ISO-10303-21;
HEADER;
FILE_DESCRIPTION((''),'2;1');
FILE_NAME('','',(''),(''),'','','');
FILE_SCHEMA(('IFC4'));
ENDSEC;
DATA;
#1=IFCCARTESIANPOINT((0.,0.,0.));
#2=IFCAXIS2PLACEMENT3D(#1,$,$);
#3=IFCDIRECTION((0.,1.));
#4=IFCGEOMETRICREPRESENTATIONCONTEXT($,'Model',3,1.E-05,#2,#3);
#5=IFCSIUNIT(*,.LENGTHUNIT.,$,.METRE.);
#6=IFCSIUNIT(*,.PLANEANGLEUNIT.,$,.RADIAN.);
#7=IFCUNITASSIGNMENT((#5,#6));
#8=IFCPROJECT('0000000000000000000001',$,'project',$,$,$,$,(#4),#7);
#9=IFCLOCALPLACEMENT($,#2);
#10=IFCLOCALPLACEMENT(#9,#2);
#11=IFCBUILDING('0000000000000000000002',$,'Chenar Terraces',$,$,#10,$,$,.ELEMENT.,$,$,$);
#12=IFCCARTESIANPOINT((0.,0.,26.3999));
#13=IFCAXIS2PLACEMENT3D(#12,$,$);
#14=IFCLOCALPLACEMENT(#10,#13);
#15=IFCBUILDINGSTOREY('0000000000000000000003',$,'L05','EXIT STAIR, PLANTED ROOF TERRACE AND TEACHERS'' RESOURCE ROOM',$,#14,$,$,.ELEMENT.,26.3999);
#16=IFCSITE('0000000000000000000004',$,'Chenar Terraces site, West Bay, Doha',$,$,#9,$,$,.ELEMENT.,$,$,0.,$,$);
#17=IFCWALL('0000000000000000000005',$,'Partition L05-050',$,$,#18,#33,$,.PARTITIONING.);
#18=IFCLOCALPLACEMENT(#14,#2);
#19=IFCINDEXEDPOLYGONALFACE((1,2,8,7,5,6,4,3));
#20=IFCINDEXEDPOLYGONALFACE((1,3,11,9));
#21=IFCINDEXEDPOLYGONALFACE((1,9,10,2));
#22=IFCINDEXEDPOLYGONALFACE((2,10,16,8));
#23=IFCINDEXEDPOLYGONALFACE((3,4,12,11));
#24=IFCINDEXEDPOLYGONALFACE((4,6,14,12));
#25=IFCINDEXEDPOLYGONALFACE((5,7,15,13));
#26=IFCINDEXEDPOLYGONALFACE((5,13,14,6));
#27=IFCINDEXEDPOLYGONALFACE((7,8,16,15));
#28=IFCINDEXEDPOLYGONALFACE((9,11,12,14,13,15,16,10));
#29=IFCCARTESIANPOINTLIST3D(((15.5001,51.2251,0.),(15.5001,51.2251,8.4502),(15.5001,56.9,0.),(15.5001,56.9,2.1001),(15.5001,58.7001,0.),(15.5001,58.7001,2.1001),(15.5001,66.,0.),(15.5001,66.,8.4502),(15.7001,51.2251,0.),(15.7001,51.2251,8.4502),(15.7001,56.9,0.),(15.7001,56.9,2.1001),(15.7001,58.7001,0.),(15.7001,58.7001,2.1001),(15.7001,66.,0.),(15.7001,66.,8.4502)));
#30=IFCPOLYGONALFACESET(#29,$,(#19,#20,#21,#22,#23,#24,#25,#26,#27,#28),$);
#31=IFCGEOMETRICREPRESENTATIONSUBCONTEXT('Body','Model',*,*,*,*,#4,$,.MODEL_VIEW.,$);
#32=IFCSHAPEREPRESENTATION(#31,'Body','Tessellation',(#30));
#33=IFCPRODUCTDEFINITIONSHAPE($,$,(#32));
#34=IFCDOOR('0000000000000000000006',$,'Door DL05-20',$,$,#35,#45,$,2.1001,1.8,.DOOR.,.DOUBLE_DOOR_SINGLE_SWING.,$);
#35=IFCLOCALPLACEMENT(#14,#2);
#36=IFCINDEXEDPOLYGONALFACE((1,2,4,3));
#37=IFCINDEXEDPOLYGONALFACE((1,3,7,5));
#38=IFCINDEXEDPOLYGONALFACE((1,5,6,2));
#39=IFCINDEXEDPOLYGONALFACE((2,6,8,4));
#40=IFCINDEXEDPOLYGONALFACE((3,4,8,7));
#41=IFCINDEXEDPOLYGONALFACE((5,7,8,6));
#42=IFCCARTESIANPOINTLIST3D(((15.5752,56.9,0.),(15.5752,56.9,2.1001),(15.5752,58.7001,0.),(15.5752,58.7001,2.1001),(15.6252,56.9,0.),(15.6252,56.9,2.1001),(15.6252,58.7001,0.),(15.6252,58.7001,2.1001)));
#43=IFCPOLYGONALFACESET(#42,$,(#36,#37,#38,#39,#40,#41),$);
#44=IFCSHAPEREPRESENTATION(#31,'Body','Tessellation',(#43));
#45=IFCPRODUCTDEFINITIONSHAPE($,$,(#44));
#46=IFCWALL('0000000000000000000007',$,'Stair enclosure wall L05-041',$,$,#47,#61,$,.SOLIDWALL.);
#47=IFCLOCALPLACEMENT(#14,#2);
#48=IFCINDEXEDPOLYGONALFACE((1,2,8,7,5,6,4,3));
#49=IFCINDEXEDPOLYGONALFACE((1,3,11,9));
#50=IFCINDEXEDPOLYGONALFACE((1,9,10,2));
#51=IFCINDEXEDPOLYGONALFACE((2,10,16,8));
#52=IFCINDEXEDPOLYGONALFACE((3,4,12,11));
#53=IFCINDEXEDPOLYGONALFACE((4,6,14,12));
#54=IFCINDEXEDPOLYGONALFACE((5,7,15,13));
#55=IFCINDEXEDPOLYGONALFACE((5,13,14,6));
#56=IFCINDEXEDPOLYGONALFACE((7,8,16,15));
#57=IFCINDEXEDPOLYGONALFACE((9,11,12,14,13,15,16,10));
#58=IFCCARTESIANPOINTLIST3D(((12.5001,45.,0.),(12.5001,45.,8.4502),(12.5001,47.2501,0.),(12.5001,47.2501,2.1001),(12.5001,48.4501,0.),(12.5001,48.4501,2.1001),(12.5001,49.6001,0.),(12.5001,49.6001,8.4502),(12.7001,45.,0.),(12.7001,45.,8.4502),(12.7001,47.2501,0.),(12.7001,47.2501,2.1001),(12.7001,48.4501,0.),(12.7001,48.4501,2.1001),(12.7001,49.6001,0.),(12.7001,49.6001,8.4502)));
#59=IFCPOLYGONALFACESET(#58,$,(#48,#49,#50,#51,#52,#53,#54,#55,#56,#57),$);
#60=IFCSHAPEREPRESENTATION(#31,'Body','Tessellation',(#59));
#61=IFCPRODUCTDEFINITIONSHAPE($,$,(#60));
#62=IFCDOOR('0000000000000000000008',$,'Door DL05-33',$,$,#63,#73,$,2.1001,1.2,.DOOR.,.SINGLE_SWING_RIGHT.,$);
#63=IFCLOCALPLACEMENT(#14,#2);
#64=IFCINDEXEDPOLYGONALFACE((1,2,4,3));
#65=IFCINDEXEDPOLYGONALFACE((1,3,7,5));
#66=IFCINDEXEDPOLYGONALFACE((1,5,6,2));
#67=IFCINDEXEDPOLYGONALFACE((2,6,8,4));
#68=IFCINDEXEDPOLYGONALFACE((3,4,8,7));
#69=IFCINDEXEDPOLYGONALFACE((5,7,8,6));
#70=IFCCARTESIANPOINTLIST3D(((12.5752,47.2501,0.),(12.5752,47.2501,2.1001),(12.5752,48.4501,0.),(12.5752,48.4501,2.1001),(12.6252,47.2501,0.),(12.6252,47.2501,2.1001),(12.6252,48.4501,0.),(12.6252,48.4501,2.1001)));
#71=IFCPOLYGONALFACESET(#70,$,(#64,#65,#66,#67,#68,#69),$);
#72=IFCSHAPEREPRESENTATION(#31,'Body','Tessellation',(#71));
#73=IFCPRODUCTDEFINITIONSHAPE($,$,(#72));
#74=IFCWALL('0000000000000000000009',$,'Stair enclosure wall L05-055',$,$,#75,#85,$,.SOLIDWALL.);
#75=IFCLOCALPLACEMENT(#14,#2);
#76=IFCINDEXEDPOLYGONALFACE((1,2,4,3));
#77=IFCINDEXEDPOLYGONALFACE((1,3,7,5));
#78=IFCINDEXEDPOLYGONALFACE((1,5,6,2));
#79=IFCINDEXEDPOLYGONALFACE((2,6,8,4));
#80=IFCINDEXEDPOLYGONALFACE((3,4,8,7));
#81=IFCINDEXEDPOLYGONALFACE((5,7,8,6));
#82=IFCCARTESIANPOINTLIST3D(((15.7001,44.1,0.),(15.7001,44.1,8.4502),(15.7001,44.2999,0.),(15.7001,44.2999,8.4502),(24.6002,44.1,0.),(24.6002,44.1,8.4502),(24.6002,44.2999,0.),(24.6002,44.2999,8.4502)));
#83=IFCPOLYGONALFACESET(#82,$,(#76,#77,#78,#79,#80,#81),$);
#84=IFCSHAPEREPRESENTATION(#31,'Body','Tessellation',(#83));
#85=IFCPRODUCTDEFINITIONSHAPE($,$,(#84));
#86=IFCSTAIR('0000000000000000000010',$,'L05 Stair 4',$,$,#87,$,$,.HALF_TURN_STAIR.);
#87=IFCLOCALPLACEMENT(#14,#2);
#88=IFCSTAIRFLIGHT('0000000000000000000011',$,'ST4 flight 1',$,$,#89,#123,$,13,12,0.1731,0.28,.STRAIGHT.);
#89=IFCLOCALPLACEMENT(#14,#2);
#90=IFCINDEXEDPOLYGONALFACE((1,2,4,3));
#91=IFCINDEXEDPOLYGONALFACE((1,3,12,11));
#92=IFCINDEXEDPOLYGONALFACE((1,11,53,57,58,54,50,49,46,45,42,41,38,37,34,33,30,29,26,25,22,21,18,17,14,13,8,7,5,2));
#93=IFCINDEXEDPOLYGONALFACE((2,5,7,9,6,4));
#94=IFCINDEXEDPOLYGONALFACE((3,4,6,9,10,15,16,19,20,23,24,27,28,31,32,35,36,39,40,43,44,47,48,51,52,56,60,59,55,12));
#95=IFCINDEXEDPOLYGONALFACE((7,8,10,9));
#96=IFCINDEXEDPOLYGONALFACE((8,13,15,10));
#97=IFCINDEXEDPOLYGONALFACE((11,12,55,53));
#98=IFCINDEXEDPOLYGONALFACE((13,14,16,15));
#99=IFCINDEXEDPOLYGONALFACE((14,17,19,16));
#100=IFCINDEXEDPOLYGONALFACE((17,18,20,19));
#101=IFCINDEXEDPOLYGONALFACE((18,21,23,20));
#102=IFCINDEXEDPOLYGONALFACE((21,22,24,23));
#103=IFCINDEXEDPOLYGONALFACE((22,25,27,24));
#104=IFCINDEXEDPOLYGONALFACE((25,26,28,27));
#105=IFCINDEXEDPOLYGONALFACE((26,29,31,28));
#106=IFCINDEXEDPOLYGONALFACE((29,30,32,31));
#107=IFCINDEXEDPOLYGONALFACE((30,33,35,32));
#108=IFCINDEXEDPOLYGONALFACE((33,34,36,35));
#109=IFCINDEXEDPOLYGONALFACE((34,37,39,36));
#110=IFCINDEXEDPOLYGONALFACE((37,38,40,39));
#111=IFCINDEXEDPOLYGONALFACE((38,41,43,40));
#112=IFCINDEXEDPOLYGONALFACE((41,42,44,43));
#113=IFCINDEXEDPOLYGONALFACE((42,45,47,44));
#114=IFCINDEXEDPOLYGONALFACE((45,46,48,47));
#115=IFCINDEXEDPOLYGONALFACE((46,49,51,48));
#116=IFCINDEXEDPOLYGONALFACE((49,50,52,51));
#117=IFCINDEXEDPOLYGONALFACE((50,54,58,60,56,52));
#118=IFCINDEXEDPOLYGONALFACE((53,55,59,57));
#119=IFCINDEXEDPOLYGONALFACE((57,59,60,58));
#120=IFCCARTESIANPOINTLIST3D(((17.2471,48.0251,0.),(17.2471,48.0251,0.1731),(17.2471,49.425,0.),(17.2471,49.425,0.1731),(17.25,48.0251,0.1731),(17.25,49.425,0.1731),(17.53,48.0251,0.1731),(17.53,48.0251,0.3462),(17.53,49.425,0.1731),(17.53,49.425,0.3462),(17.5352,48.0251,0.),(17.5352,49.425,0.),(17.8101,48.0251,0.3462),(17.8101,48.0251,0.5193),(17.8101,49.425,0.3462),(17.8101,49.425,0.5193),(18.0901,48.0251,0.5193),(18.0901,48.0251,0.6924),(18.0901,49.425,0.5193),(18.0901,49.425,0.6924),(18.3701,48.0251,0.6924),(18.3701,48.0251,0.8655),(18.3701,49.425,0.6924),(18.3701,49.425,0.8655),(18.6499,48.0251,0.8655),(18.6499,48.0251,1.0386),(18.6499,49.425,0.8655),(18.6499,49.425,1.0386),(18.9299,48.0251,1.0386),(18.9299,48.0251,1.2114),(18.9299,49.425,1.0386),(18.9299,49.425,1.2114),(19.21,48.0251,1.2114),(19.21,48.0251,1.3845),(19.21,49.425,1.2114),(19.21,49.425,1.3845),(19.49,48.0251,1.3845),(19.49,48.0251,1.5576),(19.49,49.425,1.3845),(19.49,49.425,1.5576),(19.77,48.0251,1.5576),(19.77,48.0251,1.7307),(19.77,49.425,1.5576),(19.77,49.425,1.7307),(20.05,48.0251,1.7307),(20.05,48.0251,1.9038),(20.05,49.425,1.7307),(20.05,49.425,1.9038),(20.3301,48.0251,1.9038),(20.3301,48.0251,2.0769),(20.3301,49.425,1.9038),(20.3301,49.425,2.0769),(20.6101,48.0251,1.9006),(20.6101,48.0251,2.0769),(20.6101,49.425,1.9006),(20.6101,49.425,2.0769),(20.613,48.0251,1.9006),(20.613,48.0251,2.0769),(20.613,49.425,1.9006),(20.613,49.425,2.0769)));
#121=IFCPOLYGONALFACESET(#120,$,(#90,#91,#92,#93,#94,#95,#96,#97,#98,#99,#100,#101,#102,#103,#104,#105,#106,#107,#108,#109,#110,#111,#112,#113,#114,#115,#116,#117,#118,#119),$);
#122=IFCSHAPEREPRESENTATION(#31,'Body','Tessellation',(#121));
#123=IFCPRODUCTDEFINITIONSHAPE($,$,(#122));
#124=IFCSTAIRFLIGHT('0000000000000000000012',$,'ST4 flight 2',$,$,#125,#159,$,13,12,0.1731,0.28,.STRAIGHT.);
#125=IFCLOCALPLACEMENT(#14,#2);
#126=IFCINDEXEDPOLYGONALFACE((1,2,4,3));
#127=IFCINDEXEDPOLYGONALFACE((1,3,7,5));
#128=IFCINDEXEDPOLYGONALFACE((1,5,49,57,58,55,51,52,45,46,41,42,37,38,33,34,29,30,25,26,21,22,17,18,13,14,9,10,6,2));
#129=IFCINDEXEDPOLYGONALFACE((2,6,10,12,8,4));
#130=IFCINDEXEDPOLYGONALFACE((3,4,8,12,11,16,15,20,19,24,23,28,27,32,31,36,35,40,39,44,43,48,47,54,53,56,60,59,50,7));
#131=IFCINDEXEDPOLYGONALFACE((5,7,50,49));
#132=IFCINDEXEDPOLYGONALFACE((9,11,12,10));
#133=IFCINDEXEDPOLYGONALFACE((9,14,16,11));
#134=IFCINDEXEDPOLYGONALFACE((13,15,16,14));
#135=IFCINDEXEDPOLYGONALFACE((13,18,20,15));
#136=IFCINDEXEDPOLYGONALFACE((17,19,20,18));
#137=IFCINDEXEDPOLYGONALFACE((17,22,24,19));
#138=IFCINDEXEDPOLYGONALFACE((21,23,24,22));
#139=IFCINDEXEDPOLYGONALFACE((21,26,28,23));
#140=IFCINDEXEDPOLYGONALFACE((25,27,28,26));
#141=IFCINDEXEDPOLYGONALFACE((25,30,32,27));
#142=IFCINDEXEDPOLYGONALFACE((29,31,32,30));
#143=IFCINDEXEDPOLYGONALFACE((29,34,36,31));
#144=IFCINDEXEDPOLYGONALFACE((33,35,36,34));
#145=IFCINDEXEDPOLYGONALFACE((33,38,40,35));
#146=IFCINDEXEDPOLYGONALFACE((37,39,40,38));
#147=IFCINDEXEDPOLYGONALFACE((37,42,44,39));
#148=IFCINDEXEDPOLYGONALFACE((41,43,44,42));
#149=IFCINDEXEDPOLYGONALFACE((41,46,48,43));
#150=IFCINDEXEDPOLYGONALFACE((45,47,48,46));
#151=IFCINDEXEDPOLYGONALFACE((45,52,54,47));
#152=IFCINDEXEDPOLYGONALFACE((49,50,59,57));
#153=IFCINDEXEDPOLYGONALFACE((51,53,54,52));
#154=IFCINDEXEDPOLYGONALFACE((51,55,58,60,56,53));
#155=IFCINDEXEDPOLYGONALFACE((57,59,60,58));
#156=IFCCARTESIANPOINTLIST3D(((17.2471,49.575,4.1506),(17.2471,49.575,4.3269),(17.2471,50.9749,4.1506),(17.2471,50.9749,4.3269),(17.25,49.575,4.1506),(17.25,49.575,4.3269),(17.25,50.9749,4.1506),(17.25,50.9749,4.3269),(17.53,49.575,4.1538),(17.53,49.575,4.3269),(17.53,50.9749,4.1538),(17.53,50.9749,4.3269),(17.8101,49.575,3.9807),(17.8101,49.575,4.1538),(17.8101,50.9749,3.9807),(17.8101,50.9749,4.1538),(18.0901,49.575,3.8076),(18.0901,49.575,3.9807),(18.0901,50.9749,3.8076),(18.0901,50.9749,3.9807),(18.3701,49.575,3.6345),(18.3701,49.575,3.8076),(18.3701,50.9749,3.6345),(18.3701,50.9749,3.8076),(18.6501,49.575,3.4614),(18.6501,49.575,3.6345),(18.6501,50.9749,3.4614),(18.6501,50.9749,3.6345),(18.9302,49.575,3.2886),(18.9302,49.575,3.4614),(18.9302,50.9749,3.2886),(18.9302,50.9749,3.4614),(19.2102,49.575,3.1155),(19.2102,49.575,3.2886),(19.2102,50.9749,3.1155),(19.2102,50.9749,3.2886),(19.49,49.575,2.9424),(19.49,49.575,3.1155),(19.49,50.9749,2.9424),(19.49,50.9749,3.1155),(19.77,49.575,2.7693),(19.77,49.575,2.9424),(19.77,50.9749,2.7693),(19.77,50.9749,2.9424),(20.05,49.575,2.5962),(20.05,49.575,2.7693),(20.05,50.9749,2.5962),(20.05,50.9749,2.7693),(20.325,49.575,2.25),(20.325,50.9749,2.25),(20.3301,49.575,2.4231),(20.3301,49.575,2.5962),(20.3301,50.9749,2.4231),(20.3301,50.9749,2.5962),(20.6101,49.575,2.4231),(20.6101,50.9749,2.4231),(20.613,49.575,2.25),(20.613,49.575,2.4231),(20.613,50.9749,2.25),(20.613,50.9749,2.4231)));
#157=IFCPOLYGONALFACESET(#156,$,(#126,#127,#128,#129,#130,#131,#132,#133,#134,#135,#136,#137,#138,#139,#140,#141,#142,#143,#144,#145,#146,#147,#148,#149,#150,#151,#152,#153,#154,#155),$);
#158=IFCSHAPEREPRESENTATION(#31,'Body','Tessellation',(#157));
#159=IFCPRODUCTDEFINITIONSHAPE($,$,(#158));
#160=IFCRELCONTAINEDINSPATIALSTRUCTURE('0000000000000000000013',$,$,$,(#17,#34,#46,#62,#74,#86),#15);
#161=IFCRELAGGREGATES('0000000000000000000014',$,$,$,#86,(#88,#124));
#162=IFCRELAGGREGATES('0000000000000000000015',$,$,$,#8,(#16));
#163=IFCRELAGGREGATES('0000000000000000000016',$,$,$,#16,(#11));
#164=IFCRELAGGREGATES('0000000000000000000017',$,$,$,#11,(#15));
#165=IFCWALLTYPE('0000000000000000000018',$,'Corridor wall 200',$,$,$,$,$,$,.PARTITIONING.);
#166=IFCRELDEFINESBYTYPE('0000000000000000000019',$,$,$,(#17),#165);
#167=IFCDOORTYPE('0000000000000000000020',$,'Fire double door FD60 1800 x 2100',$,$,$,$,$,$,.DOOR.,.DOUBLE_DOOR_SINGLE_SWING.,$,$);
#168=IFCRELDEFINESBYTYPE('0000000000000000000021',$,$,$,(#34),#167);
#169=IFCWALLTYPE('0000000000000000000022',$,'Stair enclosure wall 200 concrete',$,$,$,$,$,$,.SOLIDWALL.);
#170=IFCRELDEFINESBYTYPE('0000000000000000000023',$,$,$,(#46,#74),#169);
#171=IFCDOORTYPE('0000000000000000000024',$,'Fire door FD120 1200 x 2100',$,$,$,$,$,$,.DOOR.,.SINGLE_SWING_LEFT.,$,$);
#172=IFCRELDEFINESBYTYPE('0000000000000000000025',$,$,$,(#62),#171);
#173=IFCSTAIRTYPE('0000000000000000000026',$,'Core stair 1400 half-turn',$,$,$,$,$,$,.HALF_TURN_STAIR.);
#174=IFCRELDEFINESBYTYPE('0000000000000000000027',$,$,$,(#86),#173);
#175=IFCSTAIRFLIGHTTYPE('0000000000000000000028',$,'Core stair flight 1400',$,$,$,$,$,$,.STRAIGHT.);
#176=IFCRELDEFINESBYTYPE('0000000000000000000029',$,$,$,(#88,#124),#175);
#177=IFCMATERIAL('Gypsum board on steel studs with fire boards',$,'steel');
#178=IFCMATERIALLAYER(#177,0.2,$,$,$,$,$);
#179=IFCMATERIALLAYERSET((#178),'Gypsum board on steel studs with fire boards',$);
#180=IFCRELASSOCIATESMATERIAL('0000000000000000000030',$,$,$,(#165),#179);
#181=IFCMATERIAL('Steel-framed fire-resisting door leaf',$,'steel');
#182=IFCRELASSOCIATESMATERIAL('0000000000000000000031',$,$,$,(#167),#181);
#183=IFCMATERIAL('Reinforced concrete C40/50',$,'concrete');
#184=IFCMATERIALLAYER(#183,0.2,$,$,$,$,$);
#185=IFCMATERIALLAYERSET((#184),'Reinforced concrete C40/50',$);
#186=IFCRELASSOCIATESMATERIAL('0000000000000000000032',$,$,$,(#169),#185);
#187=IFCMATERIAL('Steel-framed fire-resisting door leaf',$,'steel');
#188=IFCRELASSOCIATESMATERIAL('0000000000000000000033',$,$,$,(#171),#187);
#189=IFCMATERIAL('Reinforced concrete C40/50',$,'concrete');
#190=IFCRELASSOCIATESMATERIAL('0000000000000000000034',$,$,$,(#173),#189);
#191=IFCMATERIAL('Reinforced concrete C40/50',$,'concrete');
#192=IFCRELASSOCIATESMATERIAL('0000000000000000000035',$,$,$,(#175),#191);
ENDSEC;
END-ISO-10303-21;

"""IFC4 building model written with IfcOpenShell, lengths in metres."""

from ifc_helpers import new_model, si_unit, direction, frame, frame_2d, origin, place, context, subcontext, project, spatial, polyline, rectangle, outline, extrude, material, layer, layer_set, type_object, element, fill, aggregate, save


model = new_model("IFC4")

# Units and contexts
model_context = context("Model", 3, precision=1e-05, world=origin(), true_north=direction((0.0, 1.0)))
body_context = subcontext(model_context, "Body", "Model", "MODEL_VIEW")
ifc_project = project(units=[si_unit("LENGTHUNIT", "METRE"), si_unit("PLANEANGLEUNIT", "RADIAN")], contexts=[model_context])

# Site, building, storey
site_placement = place(None, origin())
site = spatial("IfcSite", under=ifc_project, at=site_placement, Name="Chenar Terraces site, West Bay, Doha", CompositionType="ELEMENT", RefElevation=0.0)
building_placement = place(site_placement, origin())
building = spatial("IfcBuilding", under=site, at=building_placement, Name="Chenar Terraces", CompositionType="ELEMENT")
storey_placement = place(building_placement, frame((0.0, 0.0, 26.3999)))
storey = spatial("IfcBuildingStorey", under=building, at=storey_placement, Name="L05", Description="EXIT STAIR, PLANTED ROOF TERRACE AND TEACHERS' RESOURCE ROOM", CompositionType="ELEMENT", Elevation=26.3999)

# Shared definitions
ifc_material_1 = material(Name="Gypsum board on steel studs with fire boards", Category="steel")
ifc_layer_1 = layer(ifc_material_1, 0.2)
ifc_layer_set_1 = layer_set([ifc_layer_1], Name="Gypsum board on steel studs with fire boards")
wall_type_1 = type_object("IfcWallType", Name="Corridor wall 200", PredefinedType="PARTITIONING", material=ifc_layer_set_1)

# Walls, openings, doors
wall_1_placement = place(storey_placement, frame((15.6001, 51.2251, 0.0), z_axis=(0.0, 0.0, 1.0), x_axis=(0.0, 1.0, 0.0)))
wall_1 = element("IfcWall", 1, at=wall_1_placement, inside=storey, type_object=wall_type_1, Name="Partition L05-050", PredefinedType="PARTITIONING", context=body_context, shape_type="SweptSolid", body=[
    extrude(rectangle(XDim=14.7749, YDim=0.2, at=frame_2d((7.3875, 0.0))), origin(), (0.0, 0.0, 1.0), 8.4502),
])
opening_1_placement = place(wall_1_placement, frame((5.675, 0.0, 0.0)))
opening_1 = element("IfcOpeningElement", 2, at=opening_1_placement, cuts=wall_1, PredefinedType="OPENING", context=body_context, shape_type="SweptSolid", body=[
    extrude(rectangle(XDim=1.8, YDim=2.1001, at=frame_2d((0.8999, 1.05))), frame((0.0, 0.1099, 0.0), z_axis=(0.0, -1.0, 0.0), x_axis=(1.0, 0.0, 0.0)), (0.0, 0.0, 1.0), 0.22),
])
ifc_material_2 = material(Name="Steel-framed fire-resisting door leaf", Category="steel")
door_type_1 = type_object("IfcDoorType", Name="Fire double door FD60 1800 x 2100", OperationType="DOUBLE_DOOR_SINGLE_SWING", PredefinedType="DOOR", material=ifc_material_2)
door_1_placement = place(opening_1_placement, origin())
door_1 = element("IfcDoor", 3, at=door_1_placement, inside=storey, type_object=door_type_1, Name="Door DL05-20", OperationType="DOUBLE_DOOR_SINGLE_SWING", OverallHeight=2.1001, OverallWidth=1.8, PredefinedType="DOOR", context=body_context, shape_type="SweptSolid", body=[
    extrude(rectangle(XDim=1.8, YDim=2.1001, at=frame_2d((0.8999, 1.05))), frame((0.0, 0.0249, 0.0), z_axis=(0.0, -1.0, 0.0), x_axis=(1.0, 0.0, 0.0)), (0.0, 0.0, 1.0), 0.05),
])
fill(opening_1, door_1)
ifc_material_3 = material(Name="Reinforced concrete C40/50", Category="concrete")
ifc_layer_2 = layer(ifc_material_3, 0.2)
ifc_layer_set_2 = layer_set([ifc_layer_2], Name="Reinforced concrete C40/50")
wall_type_2 = type_object("IfcWallType", Name="Stair enclosure wall 200 concrete", PredefinedType="SOLIDWALL", material=ifc_layer_set_2)
wall_2_placement = place(storey_placement, frame((12.6001, 45.0, 0.0), z_axis=(0.0, 0.0, 1.0), x_axis=(0.0, 1.0, 0.0)))
wall_2 = element("IfcWall", 4, at=wall_2_placement, inside=storey, type_object=wall_type_2, Name="Stair enclosure wall L05-041", PredefinedType="SOLIDWALL", context=body_context, shape_type="SweptSolid", body=[
    extrude(rectangle(XDim=4.6001, YDim=0.2, at=frame_2d((2.3, 0.0))), origin(), (0.0, 0.0, 1.0), 8.4502),
])
opening_2_placement = place(wall_2_placement, frame((2.25, 0.0, 0.0)))
opening_2 = element("IfcOpeningElement", 5, at=opening_2_placement, cuts=wall_2, PredefinedType="OPENING", context=body_context, shape_type="SweptSolid", body=[
    extrude(rectangle(XDim=1.2, YDim=2.1001, at=frame_2d((0.6001, 1.05))), frame((0.0, 0.1099, 0.0), z_axis=(0.0, -1.0, 0.0), x_axis=(1.0, 0.0, 0.0)), (0.0, 0.0, 1.0), 0.22),
])
ifc_material_4 = material(Name="Steel-framed fire-resisting door leaf", Category="steel")
door_type_2 = type_object("IfcDoorType", Name="Fire door FD120 1200 x 2100", OperationType="SINGLE_SWING_LEFT", PredefinedType="DOOR", material=ifc_material_4)
door_2_placement = place(opening_2_placement, origin())
door_2 = element("IfcDoor", 6, at=door_2_placement, inside=storey, type_object=door_type_2, Name="Door DL05-33", OperationType="SINGLE_SWING_RIGHT", OverallHeight=2.1001, OverallWidth=1.2, PredefinedType="DOOR", context=body_context, shape_type="SweptSolid", body=[
    extrude(rectangle(XDim=1.2, YDim=2.1001, at=frame_2d((0.6001, 1.05))), frame((0.0, 0.0249, 0.0), z_axis=(0.0, -1.0, 0.0), x_axis=(1.0, 0.0, 0.0)), (0.0, 0.0, 1.0), 0.05),
])
fill(opening_2, door_2)

# Wall
wall_3_placement = place(storey_placement, frame((15.7, 44.2, 0.0), z_axis=(0.0, 0.0, 1.0), x_axis=(1.0, 0.0, 0.0)))
element("IfcWall", 7, at=wall_3_placement, inside=storey, type_object=wall_type_2, Name="Stair enclosure wall L05-055", PredefinedType="SOLIDWALL", context=body_context, shape_type="SweptSolid", body=[
    extrude(rectangle(XDim=8.9001, YDim=0.2, at=frame_2d((4.4502, 0.0))), origin(), (0.0, 0.0, 1.0), 8.4502),
])

# Stair, stair flights
ifc_material_5 = material(Name="Reinforced concrete C40/50", Category="concrete")
stair_type = type_object("IfcStairType", Name="Core stair 1400 half-turn", PredefinedType="HALF_TURN_STAIR", material=ifc_material_5)
placement = place(storey_placement, origin())
stair_1 = element("IfcStair", 8, at=placement, inside=storey, type_object=stair_type, Name="L05 Stair 4", PredefinedType="HALF_TURN_STAIR")
ifc_material_6 = material(Name="Reinforced concrete C40/50", Category="concrete")
stair_flight_type = type_object("IfcStairFlightType", Name="Core stair flight 1400", PredefinedType="STRAIGHT", material=ifc_material_6)
stair_flight_1_placement = place(storey_placement, frame((17.25, 48.7251, 0.0), z_axis=(0.0, 0.0, 1.0), x_axis=(1.0, 0.0, 0.0)))
stair_flight_1 = element("IfcStairFlight", 9, at=stair_flight_1_placement, type_object=stair_flight_type, Name="ST4 flight 1", NumberOfRisers=13, NumberOfTreads=12, PredefinedType="STRAIGHT", RiserHeight=0.1731, TreadLength=0.28, context=body_context, shape_type="SweptSolid", body=[
    extrude(outline(polyline([(-0.0029, 0.0), (-0.0029, 0.1731), (0.0, 0.1731), (0.28, 0.1731), (0.28, 0.3462), (0.5601, 0.3462), (0.5601, 0.5193), (0.8401, 0.5193), (0.8401, 0.6924), (1.1201, 0.6924), (1.1201, 0.8655), (1.3999, 0.8655), (1.3999, 1.0386), (1.6799, 1.0386), (1.6799, 1.2114), (1.96, 1.2114), (1.96, 1.3845), (2.24, 1.3845), (2.24, 1.5576), (2.52, 1.5576), (2.52, 1.7307), (2.8, 1.7307), (2.8, 1.9038), (3.0801, 1.9038), (3.0801, 2.0769), (3.3601, 2.0769), (3.363, 2.0769), (3.363, 1.9006), (3.3601, 1.9006), (0.2852, 0.0), (-0.0029, 0.0)])), frame((0.0, 0.7, 0.0), z_axis=(0.0, -1.0, 0.0), x_axis=(1.0, 0.0, 0.0)), (0.0, 0.0, 1.0), 1.3999),
])
stair_flight_2_placement = place(storey_placement, frame((20.6101, 50.2749, 2.25), z_axis=(0.0, 0.0, 1.0), x_axis=(-1.0, 0.0, 0.0)))
stair_flight_2 = element("IfcStairFlight", 10, at=stair_flight_2_placement, type_object=stair_flight_type, Name="ST4 flight 2", NumberOfRisers=13, NumberOfTreads=12, PredefinedType="STRAIGHT", RiserHeight=0.1731, TreadLength=0.28, context=body_context, shape_type="SweptSolid", body=[
    extrude(outline(polyline([(-0.0029, 0.0), (-0.0029, 0.1731), (0.0, 0.1731), (0.28, 0.1731), (0.28, 0.3462), (0.5601, 0.3462), (0.5601, 0.5193), (0.8401, 0.5193), (0.8401, 0.6924), (1.1201, 0.6924), (1.1201, 0.8655), (1.3999, 0.8655), (1.3999, 1.0386), (1.6799, 1.0386), (1.6799, 1.2114), (1.96, 1.2114), (1.96, 1.3845), (2.24, 1.3845), (2.24, 1.5576), (2.52, 1.5576), (2.52, 1.7307), (2.8, 1.7307), (2.8, 1.9038), (3.0801, 1.9038), (3.0801, 2.0769), (3.3601, 2.0769), (3.363, 2.0769), (3.363, 1.9006), (3.3601, 1.9006), (0.2852, 0.0), (-0.0029, 0.0)])), frame((0.0, 0.7, 0.0), z_axis=(0.0, -1.0, 0.0), x_axis=(1.0, 0.0, 0.0)), (0.0, 0.0, 1.0), 1.3999),
])
aggregate(stair_1, [stair_flight_1, stair_flight_2])

save(model, "model.ifc")
